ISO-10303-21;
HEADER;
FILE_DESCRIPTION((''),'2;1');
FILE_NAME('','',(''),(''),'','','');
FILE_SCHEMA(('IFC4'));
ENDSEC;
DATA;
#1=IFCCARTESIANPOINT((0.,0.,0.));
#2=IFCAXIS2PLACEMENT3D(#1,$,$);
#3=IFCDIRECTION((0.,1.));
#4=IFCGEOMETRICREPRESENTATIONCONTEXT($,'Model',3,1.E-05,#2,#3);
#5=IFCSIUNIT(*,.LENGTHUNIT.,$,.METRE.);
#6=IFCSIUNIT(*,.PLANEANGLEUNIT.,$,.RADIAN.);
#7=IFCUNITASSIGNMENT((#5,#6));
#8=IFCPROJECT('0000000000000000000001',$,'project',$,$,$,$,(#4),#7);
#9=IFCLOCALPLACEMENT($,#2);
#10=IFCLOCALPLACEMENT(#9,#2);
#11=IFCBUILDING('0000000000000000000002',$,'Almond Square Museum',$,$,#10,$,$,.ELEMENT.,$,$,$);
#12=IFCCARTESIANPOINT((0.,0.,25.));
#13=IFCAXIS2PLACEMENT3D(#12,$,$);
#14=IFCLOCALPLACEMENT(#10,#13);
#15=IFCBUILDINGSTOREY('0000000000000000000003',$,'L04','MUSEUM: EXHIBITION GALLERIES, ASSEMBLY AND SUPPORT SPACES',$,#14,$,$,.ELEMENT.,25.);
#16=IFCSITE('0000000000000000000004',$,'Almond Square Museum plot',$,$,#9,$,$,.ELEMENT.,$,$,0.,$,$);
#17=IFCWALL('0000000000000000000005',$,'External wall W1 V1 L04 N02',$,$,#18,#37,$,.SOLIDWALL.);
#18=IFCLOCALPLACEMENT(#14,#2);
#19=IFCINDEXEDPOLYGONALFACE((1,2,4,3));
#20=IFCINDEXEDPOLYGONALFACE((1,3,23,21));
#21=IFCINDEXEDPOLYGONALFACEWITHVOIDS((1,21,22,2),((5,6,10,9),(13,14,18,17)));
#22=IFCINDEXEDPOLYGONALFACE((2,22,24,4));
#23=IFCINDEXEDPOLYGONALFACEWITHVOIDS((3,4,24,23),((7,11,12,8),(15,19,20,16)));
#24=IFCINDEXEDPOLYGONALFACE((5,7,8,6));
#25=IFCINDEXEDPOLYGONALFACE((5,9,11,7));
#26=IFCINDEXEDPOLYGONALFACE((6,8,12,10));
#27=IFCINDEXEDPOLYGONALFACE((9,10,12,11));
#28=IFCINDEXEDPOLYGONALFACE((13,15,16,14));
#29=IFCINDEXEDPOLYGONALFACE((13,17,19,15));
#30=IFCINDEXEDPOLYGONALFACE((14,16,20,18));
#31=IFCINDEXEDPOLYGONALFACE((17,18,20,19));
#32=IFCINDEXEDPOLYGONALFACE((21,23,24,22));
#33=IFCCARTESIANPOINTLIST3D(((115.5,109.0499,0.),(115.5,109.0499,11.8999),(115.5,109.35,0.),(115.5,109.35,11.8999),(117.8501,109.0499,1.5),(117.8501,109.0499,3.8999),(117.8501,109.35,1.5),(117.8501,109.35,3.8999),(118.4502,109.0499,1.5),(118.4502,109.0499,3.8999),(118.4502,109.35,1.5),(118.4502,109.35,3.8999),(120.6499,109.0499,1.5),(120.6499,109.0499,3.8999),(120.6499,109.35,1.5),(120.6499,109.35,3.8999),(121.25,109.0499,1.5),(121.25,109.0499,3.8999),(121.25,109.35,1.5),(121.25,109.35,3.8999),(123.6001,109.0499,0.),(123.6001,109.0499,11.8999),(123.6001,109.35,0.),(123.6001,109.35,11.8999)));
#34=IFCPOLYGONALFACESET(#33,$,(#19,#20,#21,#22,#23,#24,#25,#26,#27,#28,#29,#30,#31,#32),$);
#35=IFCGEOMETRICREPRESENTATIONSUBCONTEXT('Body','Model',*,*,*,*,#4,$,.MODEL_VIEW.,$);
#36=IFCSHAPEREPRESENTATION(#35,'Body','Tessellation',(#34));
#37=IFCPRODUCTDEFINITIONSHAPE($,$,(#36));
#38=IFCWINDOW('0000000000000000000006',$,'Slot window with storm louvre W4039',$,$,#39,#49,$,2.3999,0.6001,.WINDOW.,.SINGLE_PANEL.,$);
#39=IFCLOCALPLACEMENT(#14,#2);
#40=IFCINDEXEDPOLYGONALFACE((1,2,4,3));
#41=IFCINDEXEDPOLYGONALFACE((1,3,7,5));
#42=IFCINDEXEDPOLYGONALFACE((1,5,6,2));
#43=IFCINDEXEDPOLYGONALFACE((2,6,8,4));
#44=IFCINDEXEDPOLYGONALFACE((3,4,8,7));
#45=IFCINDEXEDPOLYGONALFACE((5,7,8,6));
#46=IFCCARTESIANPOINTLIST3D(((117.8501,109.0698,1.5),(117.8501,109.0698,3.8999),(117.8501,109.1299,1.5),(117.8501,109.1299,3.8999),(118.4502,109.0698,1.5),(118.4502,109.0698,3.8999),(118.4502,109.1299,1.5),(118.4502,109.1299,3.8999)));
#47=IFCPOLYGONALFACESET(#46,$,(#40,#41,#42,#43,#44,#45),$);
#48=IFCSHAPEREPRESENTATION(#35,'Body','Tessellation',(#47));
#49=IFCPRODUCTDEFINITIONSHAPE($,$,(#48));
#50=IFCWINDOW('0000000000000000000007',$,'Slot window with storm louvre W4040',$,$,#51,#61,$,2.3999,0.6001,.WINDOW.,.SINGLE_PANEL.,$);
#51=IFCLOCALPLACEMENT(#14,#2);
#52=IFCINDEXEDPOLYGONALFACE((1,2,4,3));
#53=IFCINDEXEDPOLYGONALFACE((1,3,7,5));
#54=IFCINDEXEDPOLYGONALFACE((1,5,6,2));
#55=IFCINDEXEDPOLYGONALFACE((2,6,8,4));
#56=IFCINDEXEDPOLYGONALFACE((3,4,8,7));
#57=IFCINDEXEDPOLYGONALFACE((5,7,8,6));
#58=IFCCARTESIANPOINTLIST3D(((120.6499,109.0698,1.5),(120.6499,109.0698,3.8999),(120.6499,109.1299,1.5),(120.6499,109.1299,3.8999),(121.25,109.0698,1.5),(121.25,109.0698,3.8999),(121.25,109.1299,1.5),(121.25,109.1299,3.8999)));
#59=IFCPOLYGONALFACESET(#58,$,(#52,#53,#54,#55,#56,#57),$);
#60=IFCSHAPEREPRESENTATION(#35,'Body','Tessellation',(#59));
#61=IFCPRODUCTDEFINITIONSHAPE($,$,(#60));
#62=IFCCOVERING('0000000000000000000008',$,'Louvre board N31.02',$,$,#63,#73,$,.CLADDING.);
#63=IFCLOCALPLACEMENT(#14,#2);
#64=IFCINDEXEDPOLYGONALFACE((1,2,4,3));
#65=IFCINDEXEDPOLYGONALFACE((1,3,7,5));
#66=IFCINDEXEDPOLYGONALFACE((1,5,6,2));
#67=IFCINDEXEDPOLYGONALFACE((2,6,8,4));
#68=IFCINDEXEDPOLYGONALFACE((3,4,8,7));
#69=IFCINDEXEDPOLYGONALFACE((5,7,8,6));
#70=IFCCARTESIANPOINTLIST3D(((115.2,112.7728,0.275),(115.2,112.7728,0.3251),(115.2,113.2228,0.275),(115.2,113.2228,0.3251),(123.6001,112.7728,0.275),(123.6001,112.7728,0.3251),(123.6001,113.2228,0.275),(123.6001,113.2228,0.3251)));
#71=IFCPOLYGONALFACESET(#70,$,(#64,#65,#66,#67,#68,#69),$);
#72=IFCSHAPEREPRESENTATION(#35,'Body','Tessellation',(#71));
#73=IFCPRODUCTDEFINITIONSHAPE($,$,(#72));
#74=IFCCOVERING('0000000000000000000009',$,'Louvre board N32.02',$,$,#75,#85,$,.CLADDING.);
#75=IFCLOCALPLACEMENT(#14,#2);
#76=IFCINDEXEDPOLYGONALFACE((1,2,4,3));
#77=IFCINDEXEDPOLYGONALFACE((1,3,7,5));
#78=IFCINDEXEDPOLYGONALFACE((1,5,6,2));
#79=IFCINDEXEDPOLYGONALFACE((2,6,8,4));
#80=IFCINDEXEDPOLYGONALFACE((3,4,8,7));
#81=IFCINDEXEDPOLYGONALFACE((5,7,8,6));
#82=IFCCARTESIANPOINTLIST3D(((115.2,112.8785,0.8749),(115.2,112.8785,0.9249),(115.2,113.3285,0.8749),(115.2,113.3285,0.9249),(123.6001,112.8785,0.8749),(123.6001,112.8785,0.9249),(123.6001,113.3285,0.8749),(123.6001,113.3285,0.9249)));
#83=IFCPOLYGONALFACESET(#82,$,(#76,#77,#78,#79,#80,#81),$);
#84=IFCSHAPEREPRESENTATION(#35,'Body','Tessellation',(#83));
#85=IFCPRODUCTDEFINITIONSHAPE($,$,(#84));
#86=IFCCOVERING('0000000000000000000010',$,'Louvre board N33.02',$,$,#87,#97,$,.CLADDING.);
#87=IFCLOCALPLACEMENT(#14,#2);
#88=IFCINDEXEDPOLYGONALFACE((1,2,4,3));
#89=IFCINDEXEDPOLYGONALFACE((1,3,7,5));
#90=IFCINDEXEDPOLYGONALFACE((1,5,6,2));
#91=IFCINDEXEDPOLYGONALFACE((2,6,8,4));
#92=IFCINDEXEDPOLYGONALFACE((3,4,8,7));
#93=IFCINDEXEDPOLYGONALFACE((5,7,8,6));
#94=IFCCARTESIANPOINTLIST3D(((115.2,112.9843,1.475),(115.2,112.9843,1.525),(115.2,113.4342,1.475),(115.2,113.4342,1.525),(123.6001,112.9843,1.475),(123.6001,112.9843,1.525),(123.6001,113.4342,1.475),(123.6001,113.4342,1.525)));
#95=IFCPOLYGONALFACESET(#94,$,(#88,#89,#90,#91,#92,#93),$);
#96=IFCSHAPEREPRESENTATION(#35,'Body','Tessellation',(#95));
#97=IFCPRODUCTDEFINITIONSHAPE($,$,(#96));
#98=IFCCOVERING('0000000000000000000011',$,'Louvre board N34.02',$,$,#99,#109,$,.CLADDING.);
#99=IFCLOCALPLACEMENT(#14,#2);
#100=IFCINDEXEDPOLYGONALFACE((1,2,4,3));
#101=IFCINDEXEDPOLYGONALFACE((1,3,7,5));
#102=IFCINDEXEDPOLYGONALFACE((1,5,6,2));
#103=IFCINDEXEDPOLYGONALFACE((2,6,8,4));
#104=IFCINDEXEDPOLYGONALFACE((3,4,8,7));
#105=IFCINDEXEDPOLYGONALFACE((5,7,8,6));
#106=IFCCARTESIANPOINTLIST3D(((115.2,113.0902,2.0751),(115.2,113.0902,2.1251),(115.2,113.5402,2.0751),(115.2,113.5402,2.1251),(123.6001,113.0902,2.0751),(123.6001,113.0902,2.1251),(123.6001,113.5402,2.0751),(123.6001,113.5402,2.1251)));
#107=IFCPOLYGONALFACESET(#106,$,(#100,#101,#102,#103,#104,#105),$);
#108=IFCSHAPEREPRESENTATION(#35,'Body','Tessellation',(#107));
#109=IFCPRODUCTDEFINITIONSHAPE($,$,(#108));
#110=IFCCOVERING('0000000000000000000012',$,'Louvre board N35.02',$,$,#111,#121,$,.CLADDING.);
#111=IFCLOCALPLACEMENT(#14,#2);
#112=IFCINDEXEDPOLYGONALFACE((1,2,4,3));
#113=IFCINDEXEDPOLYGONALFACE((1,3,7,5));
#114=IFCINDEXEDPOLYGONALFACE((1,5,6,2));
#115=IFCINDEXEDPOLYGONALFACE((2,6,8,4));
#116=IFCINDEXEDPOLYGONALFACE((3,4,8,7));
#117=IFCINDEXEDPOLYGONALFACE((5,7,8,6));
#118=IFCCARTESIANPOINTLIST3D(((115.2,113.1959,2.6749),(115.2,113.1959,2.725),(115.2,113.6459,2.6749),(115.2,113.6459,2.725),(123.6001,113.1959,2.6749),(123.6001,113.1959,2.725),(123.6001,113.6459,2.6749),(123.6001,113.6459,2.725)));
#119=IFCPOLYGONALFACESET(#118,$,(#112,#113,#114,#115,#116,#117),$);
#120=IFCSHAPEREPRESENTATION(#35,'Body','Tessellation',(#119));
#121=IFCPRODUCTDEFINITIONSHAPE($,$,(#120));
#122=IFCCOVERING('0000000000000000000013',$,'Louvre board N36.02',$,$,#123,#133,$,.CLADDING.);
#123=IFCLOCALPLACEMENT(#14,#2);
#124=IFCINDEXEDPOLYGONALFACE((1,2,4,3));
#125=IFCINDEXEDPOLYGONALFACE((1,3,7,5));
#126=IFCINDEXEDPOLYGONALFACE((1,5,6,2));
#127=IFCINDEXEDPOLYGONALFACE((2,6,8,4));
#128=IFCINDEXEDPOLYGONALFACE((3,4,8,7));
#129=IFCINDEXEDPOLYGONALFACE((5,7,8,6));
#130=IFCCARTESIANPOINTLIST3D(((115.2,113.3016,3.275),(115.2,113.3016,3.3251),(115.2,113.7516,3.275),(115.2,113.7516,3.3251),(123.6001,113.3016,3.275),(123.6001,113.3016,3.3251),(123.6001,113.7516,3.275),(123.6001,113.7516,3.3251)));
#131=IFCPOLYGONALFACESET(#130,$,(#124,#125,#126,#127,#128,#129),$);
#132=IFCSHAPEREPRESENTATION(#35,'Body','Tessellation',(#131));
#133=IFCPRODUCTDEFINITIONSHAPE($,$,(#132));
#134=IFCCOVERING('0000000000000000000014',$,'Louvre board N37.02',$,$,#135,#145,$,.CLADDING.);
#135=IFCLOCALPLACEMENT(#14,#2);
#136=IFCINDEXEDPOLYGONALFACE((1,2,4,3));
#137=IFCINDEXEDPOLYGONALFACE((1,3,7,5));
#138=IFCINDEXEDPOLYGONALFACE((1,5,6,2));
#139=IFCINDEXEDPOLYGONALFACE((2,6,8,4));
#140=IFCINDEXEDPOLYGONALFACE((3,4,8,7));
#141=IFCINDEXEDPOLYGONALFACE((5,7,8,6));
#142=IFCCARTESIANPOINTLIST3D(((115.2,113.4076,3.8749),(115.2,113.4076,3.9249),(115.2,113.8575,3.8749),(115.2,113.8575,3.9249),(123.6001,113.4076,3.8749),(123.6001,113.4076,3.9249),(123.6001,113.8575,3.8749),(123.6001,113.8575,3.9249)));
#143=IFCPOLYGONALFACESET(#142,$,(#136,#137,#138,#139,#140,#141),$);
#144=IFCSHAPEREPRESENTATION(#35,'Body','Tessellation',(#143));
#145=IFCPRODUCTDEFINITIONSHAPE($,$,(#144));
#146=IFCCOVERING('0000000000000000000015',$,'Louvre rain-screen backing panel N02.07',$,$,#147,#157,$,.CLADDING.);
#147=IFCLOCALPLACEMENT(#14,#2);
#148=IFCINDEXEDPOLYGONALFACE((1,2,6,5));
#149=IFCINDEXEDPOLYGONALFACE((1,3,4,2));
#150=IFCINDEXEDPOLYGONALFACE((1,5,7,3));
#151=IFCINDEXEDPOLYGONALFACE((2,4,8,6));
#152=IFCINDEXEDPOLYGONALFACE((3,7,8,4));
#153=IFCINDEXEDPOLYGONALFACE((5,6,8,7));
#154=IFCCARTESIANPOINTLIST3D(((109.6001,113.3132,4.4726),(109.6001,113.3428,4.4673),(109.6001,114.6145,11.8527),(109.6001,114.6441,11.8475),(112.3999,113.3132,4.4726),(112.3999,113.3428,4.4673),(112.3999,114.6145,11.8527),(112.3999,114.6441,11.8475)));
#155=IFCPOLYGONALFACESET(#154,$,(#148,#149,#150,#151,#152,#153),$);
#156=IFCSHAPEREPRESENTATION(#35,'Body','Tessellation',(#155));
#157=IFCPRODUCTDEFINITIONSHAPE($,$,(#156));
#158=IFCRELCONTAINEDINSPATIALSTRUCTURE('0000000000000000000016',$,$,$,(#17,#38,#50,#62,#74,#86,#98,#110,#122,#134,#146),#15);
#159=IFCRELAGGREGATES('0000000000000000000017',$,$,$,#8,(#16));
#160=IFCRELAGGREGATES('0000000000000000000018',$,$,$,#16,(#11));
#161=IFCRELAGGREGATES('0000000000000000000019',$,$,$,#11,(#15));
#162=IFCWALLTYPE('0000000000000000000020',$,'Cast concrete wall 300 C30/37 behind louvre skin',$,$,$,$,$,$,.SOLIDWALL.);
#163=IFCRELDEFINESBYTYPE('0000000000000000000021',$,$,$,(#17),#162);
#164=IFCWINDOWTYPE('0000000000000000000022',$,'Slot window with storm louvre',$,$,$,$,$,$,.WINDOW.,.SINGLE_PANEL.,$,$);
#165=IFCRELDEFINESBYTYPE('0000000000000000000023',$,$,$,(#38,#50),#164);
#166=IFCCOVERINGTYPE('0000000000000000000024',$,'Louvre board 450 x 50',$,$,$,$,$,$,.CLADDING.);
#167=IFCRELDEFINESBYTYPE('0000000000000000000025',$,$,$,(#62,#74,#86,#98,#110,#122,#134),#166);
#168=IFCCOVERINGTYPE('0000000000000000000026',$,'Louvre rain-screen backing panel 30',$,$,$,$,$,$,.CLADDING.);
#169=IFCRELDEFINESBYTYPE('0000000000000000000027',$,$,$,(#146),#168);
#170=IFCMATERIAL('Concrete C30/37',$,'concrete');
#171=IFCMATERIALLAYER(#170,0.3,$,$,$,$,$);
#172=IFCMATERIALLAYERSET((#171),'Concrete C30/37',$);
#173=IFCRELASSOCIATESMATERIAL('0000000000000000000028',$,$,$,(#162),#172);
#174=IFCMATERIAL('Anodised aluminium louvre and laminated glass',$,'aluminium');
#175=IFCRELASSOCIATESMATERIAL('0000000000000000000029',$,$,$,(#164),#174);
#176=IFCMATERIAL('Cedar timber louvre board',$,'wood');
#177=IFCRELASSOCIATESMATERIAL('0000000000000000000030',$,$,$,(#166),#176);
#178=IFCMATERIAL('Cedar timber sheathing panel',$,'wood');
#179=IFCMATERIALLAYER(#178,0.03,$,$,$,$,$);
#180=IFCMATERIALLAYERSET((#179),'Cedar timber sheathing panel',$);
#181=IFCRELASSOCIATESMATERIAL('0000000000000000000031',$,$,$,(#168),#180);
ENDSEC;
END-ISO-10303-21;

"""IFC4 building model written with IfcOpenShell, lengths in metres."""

from ifc_helpers import new_model, si_unit, direction, frame, frame_2d, origin, origin_2d, place, context, subcontext, project, spatial, polyline, rectangle, outline, extrude, material, layer, layer_set, material_profile, profile_set, type_object, element, fill, save


model = new_model("IFC4")

# Units and contexts
model_context = context("Model", 3, precision=1e-05, world=origin(), true_north=direction((0.0, 1.0)))
body_context = subcontext(model_context, "Body", "Model", "MODEL_VIEW")
ifc_project = project(units=[si_unit("LENGTHUNIT", "METRE"), si_unit("PLANEANGLEUNIT", "RADIAN")], contexts=[model_context])

# Site, building, storey
site_placement = place(None, origin())
site = spatial("IfcSite", under=ifc_project, at=site_placement, Name="Almond Square Museum plot", CompositionType="ELEMENT", RefElevation=0.0)
building_placement = place(site_placement, origin())
building = spatial("IfcBuilding", under=site, at=building_placement, Name="Almond Square Museum", CompositionType="ELEMENT")
storey_placement = place(building_placement, frame((0.0, 0.0, 25.0)))
storey = spatial("IfcBuildingStorey", under=building, at=storey_placement, Name="L04", Description="MUSEUM: EXHIBITION GALLERIES, ASSEMBLY AND SUPPORT SPACES", CompositionType="ELEMENT", Elevation=25.0)

# Wall, openings, windows
ifc_material_1 = material(Name="Concrete C30/37", Category="concrete")
ifc_layer_1 = layer(ifc_material_1, 0.3)
ifc_layer_set_1 = layer_set([ifc_layer_1], Name="Concrete C30/37")
wall_type = type_object("IfcWallType", Name="Cast concrete wall 300 C30/37 behind louvre skin", PredefinedType="SOLIDWALL", material=ifc_layer_set_1)
wall_placement = place(storey_placement, frame((115.5, 109.2, 0.0), z_axis=(0.0, 0.0, 1.0), x_axis=(1.0, 0.0, 0.0)))
wall = element("IfcWall", 1, at=wall_placement, inside=storey, type_object=wall_type, Name="External wall W1 V1 L04 N02", PredefinedType="SOLIDWALL", context=body_context, shape_type="SweptSolid", body=[
    extrude(rectangle(XDim=8.1001, YDim=0.3, at=frame_2d((4.05, 0.0))), origin(), (0.0, 0.0, 1.0), 11.8999),
])
opening_1_placement = place(wall_placement, frame((2.3501, 0.0, 1.5)))
opening_1 = element("IfcOpeningElement", 2, at=opening_1_placement, cuts=wall, PredefinedType="OPENING", context=body_context, shape_type="SweptSolid", body=[
    extrude(rectangle(XDim=0.6001, YDim=2.3999, at=frame_2d((0.3, 1.2))), frame((0.0, 0.1599, 0.0), z_axis=(0.0, -1.0, 0.0), x_axis=(1.0, 0.0, 0.0)), (0.0, 0.0, 1.0), 0.3201),
])
opening_2_placement = place(wall_placement, frame((5.1499, 0.0, 1.5)))
opening_2 = element("IfcOpeningElement", 3, at=opening_2_placement, cuts=wall, PredefinedType="OPENING", context=body_context, shape_type="SweptSolid", body=[
    extrude(rectangle(XDim=0.6001, YDim=2.3999, at=frame_2d((0.3, 1.2))), frame((0.0, 0.1599, 0.0), z_axis=(0.0, -1.0, 0.0), x_axis=(1.0, 0.0, 0.0)), (0.0, 0.0, 1.0), 0.3201),
])
ifc_material_2 = material(Name="Anodised aluminium louvre and laminated glass", Category="aluminium")
window_type = type_object("IfcWindowType", Name="Slot window with storm louvre", PartitioningType="SINGLE_PANEL", PredefinedType="WINDOW", material=ifc_material_2)
window_1_placement = place(opening_1_placement, origin())
window_1 = element("IfcWindow", 4, at=window_1_placement, inside=storey, type_object=window_type, Name="Slot window with storm louvre W4039", OverallHeight=2.3999, OverallWidth=0.6001, PartitioningType="SINGLE_PANEL", PredefinedType="WINDOW", context=body_context, shape_type="SweptSolid", body=[
    extrude(rectangle(XDim=0.6001, YDim=2.3999, at=frame_2d((0.3, 1.2))), frame((0.0, -0.0701, 0.0), z_axis=(0.0, -1.0, 0.0), x_axis=(1.0, 0.0, 0.0)), (0.0, 0.0, 1.0), 0.0601),
])
fill(opening_1, window_1)
window_2_placement = place(opening_2_placement, origin())
window_2 = element("IfcWindow", 5, at=window_2_placement, inside=storey, type_object=window_type, Name="Slot window with storm louvre W4040", OverallHeight=2.3999, OverallWidth=0.6001, PartitioningType="SINGLE_PANEL", PredefinedType="WINDOW", context=body_context, shape_type="SweptSolid", body=[
    extrude(rectangle(XDim=0.6001, YDim=2.3999, at=frame_2d((0.3, 1.2))), frame((0.0, -0.0701, 0.0), z_axis=(0.0, -1.0, 0.0), x_axis=(1.0, 0.0, 0.0)), (0.0, 0.0, 1.0), 0.0601),
])
fill(opening_2, window_2)

# Coverings
ifc_material_3 = material(Name="Cedar timber louvre board", Category="wood")
ifc_material_profile_1 = material_profile(ifc_material_3, rectangle(XDim=0.45, YDim=0.05, at=origin_2d()))
ifc_profile_set_1 = profile_set([ifc_material_profile_1], Name="Cedar timber louvre board")
covering_type_1 = type_object("IfcCoveringType", Name="Louvre board 450 x 50", PredefinedType="CLADDING", material=ifc_profile_set_1)
for number, where, z_axis, x_axis, name in (
    (6, (115.2, 112.9978, 0.3), (1.0, 0.0, 0.0), (0.0, 1.0, 0.0), "Louvre board N31.02"),
    (7, (115.2, 113.1035, 0.8999), (1.0, 0.0, 0.0), (0.0, 1.0, 0.0), "Louvre board N32.02"),
    (8, (115.2, 113.2092, 1.5), (1.0, 0.0, 0.0), (0.0, 1.0, 0.0), "Louvre board N33.02"),
    (9, (115.2, 113.3152, 2.1001), (1.0, 0.0, 0.0), (0.0, 1.0, 0.0), "Louvre board N34.02"),
    (10, (115.2, 113.4209, 2.7), (1.0, 0.0, 0.0), (0.0, 1.0, 0.0), "Louvre board N35.02"),
    (11, (115.2, 113.5266, 3.3), (1.0, 0.0, 0.0), (0.0, 1.0, 0.0), "Louvre board N36.02"),
    (12, (115.2, 113.6326, 3.8999), (1.0, 0.0, 0.0), (0.0, 1.0, 0.0), "Louvre board N37.02"),
):
    element("IfcCovering", number, at=place(storey_placement, frame(where, z_axis=z_axis, x_axis=x_axis)), inside=storey, type_object=covering_type_1, Name=name, PredefinedType="CLADDING", context=body_context, shape_type="SweptSolid", body=[
        extrude(rectangle(XDim=0.45, YDim=0.05, at=origin_2d()), origin(), (0.0, 0.0, 1.0), 8.4001),
    ])
ifc_material_4 = material(Name="Cedar timber sheathing panel", Category="wood")
ifc_layer_2 = layer(ifc_material_4, 0.03)
ifc_layer_set_2 = layer_set([ifc_layer_2], Name="Cedar timber sheathing panel")
covering_type_2 = type_object("IfcCoveringType", Name="Louvre rain-screen backing panel 30", PredefinedType="CLADDING", material=ifc_layer_set_2)
covering_placement = place(storey_placement, frame((109.6001, 113.3279, 4.47), z_axis=(0.0, -0.984809, 0.173642), x_axis=(1.0, 0.0, 0.0)))
element("IfcCovering", 13, at=covering_placement, inside=storey, type_object=covering_type_2, Name="Louvre rain-screen backing panel N02.07", PredefinedType="CLADDING", context=body_context, shape_type="SweptSolid", body=[
    extrude(outline(polyline([(0.0, 0.0), (2.7998, 0.0), (2.7998, 7.494), (0.0, 7.494), (0.0, 0.0)])), frame((0.0, 0.0, -0.0151)), (0.0, 0.0, 1.0), 0.03),
])

save(model, "model.ifc")
